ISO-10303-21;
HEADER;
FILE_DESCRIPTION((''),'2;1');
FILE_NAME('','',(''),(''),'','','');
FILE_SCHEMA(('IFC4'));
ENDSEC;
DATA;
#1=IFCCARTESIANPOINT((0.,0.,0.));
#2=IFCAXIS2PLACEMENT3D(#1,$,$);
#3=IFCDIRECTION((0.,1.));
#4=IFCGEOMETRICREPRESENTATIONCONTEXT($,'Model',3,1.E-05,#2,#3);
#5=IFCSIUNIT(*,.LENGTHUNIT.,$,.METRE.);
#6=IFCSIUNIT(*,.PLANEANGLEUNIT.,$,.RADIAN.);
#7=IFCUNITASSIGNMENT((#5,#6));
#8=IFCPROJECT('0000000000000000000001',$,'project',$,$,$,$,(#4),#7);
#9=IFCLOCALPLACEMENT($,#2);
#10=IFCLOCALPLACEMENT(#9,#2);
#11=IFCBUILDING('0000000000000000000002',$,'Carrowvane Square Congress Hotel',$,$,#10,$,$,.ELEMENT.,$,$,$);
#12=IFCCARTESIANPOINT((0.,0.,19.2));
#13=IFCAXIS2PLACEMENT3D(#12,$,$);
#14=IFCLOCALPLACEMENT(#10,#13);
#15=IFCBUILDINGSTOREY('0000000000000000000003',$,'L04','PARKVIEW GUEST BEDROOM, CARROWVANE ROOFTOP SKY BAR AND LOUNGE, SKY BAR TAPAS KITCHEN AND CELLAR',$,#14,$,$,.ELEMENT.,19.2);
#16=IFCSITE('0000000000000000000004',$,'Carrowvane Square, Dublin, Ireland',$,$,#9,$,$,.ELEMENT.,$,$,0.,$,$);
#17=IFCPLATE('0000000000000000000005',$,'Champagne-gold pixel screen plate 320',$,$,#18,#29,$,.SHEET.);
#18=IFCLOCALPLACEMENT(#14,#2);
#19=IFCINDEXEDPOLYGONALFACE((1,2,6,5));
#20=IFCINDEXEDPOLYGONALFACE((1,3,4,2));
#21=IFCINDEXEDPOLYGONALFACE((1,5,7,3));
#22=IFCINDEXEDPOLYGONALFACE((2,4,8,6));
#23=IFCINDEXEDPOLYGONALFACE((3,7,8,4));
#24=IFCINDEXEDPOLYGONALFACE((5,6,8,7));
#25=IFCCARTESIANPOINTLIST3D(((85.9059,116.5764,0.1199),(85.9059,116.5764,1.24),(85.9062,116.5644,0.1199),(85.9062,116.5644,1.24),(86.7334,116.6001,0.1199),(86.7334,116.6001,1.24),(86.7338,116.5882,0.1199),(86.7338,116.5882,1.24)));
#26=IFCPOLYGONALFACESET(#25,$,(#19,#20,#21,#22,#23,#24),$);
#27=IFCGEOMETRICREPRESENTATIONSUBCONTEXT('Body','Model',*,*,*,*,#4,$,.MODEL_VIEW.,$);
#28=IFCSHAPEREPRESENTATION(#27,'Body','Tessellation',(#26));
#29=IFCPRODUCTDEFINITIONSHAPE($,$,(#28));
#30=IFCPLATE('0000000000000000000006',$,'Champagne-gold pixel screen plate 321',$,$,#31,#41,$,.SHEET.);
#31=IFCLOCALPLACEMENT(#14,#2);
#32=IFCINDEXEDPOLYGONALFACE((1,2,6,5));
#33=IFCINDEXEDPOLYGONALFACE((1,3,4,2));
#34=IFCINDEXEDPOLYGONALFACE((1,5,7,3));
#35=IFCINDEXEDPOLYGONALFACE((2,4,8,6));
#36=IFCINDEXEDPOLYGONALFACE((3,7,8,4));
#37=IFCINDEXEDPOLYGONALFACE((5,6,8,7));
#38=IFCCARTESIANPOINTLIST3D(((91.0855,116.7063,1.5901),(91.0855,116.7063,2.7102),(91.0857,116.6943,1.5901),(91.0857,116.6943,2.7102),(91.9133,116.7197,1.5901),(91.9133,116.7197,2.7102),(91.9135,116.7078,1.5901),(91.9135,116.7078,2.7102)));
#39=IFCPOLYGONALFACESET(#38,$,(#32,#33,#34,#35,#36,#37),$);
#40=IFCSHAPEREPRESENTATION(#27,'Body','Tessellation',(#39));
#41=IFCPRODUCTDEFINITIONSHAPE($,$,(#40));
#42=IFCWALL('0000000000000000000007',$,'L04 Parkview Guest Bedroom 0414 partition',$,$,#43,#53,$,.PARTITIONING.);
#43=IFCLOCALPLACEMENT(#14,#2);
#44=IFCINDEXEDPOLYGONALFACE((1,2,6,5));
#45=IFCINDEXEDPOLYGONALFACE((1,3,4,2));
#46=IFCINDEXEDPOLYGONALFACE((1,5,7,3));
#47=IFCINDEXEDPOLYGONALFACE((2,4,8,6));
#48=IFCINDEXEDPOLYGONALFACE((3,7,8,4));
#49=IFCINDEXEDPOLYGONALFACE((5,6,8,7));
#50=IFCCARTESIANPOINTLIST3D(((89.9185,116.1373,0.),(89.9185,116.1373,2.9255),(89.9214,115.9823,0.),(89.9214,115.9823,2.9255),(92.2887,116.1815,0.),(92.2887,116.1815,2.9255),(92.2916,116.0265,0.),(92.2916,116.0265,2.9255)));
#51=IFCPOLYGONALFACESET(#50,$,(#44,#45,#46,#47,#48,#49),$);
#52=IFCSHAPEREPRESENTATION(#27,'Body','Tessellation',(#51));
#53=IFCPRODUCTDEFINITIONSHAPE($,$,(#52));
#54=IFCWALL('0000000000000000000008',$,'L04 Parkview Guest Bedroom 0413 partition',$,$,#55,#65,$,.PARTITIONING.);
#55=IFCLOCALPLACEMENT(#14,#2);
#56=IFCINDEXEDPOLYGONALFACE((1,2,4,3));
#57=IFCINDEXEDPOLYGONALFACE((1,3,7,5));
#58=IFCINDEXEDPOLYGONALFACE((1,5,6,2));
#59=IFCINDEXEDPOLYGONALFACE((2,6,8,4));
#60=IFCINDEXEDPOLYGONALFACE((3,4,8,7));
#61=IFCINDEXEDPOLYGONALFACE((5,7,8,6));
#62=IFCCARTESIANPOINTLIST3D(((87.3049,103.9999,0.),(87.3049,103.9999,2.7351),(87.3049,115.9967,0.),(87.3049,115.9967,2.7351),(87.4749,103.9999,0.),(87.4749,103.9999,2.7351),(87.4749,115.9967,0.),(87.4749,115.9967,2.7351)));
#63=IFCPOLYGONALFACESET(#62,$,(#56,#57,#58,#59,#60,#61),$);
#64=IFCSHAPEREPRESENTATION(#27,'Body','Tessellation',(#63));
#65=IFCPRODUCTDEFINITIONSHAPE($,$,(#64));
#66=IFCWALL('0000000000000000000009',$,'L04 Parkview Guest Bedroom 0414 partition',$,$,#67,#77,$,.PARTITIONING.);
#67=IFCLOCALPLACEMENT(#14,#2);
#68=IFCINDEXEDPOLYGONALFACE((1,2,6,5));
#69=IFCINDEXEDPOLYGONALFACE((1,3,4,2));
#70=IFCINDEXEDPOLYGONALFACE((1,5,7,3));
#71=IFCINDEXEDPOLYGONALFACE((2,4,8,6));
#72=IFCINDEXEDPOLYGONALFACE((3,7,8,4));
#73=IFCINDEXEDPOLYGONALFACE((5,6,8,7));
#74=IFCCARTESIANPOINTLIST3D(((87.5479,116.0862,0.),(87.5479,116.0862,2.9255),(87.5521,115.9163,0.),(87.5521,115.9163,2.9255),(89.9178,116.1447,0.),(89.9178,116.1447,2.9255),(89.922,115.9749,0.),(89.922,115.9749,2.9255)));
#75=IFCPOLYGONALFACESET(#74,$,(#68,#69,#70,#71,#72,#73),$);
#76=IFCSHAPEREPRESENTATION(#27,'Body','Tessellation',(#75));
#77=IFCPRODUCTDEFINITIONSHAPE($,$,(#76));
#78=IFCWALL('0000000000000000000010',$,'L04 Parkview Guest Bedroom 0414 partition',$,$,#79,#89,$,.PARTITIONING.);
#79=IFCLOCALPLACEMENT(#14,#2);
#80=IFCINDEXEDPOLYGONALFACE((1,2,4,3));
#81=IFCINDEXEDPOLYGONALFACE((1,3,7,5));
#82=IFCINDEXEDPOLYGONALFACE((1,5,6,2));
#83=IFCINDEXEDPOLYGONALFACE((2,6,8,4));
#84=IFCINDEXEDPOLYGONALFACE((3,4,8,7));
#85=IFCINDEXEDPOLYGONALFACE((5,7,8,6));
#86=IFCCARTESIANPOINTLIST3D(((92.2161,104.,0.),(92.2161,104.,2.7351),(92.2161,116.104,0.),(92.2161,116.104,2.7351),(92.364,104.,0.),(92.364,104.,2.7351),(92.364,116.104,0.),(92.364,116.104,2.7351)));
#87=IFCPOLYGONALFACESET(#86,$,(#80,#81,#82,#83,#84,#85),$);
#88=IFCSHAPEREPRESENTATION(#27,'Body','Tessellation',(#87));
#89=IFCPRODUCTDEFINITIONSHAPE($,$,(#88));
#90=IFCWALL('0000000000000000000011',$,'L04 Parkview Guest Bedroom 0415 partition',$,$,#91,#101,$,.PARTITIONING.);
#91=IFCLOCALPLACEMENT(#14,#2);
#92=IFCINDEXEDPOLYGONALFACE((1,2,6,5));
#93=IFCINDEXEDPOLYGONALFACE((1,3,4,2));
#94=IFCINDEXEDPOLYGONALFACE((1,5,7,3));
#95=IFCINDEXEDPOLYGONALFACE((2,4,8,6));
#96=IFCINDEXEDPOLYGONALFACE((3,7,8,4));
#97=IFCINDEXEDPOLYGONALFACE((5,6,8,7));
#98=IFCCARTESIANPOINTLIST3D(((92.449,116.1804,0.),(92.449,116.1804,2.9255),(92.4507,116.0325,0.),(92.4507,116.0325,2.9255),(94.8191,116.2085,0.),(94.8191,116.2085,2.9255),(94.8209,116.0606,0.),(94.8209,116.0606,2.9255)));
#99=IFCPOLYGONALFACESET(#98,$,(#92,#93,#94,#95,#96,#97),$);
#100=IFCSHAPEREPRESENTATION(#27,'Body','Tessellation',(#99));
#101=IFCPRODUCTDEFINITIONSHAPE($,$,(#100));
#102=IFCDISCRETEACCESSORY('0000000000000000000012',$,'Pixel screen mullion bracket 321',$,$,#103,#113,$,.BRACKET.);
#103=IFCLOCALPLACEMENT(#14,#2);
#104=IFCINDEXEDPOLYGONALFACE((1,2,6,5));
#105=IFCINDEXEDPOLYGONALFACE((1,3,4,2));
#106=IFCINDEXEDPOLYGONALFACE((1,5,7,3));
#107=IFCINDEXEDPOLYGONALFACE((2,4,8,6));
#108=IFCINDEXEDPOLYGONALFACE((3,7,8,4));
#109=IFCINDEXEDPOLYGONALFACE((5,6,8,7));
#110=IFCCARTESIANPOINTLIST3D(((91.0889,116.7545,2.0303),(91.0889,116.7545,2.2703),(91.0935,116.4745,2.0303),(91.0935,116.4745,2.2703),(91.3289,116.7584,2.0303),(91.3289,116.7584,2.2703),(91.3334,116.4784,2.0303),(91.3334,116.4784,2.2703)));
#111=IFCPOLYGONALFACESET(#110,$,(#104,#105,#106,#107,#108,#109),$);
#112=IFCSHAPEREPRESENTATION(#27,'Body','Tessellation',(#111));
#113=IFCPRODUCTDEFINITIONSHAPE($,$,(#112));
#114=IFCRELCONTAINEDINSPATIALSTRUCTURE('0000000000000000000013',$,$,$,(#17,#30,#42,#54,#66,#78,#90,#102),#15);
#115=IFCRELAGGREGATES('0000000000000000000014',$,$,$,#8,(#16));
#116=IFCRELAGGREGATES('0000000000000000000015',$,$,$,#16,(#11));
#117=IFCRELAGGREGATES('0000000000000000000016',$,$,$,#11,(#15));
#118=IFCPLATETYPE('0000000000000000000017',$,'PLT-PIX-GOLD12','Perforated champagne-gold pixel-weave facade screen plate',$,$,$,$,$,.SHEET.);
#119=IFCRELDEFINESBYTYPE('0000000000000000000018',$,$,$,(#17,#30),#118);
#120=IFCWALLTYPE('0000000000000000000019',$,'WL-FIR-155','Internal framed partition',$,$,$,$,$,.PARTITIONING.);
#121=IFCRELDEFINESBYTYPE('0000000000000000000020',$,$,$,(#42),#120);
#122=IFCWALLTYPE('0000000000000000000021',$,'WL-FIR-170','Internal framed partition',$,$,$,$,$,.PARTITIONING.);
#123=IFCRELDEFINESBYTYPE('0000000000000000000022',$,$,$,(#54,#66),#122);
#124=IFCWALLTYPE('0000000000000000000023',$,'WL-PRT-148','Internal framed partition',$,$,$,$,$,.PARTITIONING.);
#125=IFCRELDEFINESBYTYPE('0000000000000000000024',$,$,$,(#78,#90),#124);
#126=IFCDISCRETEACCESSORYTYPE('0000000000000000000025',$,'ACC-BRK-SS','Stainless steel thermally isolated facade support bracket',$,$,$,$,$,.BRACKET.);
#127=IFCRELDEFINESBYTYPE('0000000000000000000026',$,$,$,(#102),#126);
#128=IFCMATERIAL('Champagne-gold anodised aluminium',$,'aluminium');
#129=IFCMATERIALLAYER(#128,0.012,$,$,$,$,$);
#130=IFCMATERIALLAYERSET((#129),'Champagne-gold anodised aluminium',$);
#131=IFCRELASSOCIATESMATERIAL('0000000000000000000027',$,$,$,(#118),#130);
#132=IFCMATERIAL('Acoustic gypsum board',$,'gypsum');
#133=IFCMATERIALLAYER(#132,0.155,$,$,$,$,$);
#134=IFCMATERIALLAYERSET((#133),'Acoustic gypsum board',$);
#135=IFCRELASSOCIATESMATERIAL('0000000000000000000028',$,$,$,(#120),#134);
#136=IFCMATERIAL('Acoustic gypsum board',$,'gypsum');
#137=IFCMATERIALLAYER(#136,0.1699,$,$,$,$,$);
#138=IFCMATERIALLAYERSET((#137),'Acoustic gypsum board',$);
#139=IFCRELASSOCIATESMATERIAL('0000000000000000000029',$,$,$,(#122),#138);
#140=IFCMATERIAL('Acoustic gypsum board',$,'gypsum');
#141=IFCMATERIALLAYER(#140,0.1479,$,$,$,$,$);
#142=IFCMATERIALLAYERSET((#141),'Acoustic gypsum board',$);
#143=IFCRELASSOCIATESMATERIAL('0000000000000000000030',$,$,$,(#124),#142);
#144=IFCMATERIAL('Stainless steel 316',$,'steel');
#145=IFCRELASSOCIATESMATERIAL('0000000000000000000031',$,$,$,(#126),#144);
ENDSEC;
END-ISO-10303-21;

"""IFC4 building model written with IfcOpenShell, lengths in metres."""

from ifc_helpers import new_model, si_unit, direction, frame, frame_2d, origin, origin_2d, place, context, subcontext, project, spatial, rectangle, extrude, material, layer, layer_set, type_object, element, save


model = new_model("IFC4")

# Units and contexts
model_context = context("Model", 3, precision=1e-05, world=origin(), true_north=direction((0.0, 1.0)))
body_context = subcontext(model_context, "Body", "Model", "MODEL_VIEW")
ifc_project = project(units=[si_unit("LENGTHUNIT", "METRE"), si_unit("PLANEANGLEUNIT", "RADIAN")], contexts=[model_context])

# Site, building, storey
site_placement = place(None, origin())
site = spatial("IfcSite", under=ifc_project, at=site_placement, Name="Carrowvane Square, Dublin, Ireland", CompositionType="ELEMENT", RefElevation=0.0)
building_placement = place(site_placement, origin())
building = spatial("IfcBuilding", under=site, at=building_placement, Name="Carrowvane Square Congress Hotel", CompositionType="ELEMENT")
storey_placement = place(building_placement, frame((0.0, 0.0, 19.2)))
storey = spatial("IfcBuildingStorey", under=building, at=storey_placement, Name="L04", Description="PARKVIEW GUEST BEDROOM, CARROWVANE ROOFTOP SKY BAR AND LOUNGE, SKY BAR TAPAS KITCHEN AND CELLAR", CompositionType="ELEMENT", Elevation=19.2)

# Plates
ifc_material_1 = material(Name="Champagne-gold anodised aluminium", Category="aluminium")
ifc_layer_1 = layer(ifc_material_1, 0.012)
ifc_layer_set_1 = layer_set([ifc_layer_1], Name="Champagne-gold anodised aluminium")
plate_type_1 = type_object("IfcPlateType", Name="PLT-PIX-GOLD12", Description="Perforated champagne-gold pixel-weave facade screen plate", PredefinedType="SHEET", material=ifc_layer_set_1)
for number, where, z_axis, x_axis, name in (
    (1, (86.3198, 116.5823, 0.1199), (0.0, 0.0, 1.0), (0.99959, 0.028639, 0.0), "Champagne-gold pixel screen plate 320"),
    (2, (91.4995, 116.707, 1.5901), (0.0, 0.0, 1.0), (0.999869, 0.016216, 0.0), "Champagne-gold pixel screen plate 321"),
):
    element("IfcPlate", number, at=place(storey_placement, frame(where, z_axis=z_axis, x_axis=x_axis)), inside=storey, type_object=plate_type_1, Name=name, PredefinedType="SHEET", context=body_context, shape_type="SweptSolid", body=[
        extrude(rectangle(XDim=0.8279, YDim=0.012, at=origin_2d()), origin(), (0.0, 0.0, 1.0), 1.1201),
    ])

# Walls
ifc_material_2 = material(Name="Acoustic gypsum board", Category="gypsum")
ifc_layer_2 = layer(ifc_material_2, 0.155)
ifc_layer_set_2 = layer_set([ifc_layer_2], Name="Acoustic gypsum board")
wall_type_1 = type_object("IfcWallType", Name="WL-FIR-155", Description="Internal framed partition", PredefinedType="PARTITIONING", material=ifc_layer_set_2)
wall_1_placement = place(storey_placement, frame((89.9199, 116.0598, 0.0), z_axis=(0.0, 0.0, 1.0), x_axis=(0.999826, 0.018641, 0.0)))
element("IfcWall", 3, at=wall_1_placement, inside=storey, type_object=wall_type_1, Name="L04 Parkview Guest Bedroom 0414 partition", PredefinedType="PARTITIONING", context=body_context, shape_type="SweptSolid", body=[
    extrude(rectangle(XDim=2.3706, YDim=0.155, at=frame_2d((1.1853, 0.0))), origin(), (0.0, 0.0, 1.0), 2.9255),
])
ifc_material_3 = material(Name="Acoustic gypsum board", Category="gypsum")
ifc_layer_3 = layer(ifc_material_3, 0.1699)
ifc_layer_set_3 = layer_set([ifc_layer_3], Name="Acoustic gypsum board")
wall_type_2 = type_object("IfcWallType", Name="WL-FIR-170", Description="Internal framed partition", PredefinedType="PARTITIONING", material=ifc_layer_set_3)
wall_2_placement = place(storey_placement, frame((87.3899, 115.9968, 0.0), z_axis=(0.0, 0.0, 1.0), x_axis=(0.0, -1.0, 0.0)))
element("IfcWall", 4, at=wall_2_placement, inside=storey, type_object=wall_type_2, Name="L04 Parkview Guest Bedroom 0413 partition", PredefinedType="PARTITIONING", context=body_context, shape_type="SweptSolid", body=[
    extrude(rectangle(XDim=11.9968, YDim=0.1699, at=frame_2d((5.9985, 0.0))), origin(), (0.0, 0.0, 1.0), 2.7351),
])
wall_3_placement = place(storey_placement, frame((87.55, 116.0012, 0.0), z_axis=(0.0, 0.0, 1.0), x_axis=(0.999694, 0.024717, 0.0)))
element("IfcWall", 5, at=wall_3_placement, inside=storey, type_object=wall_type_2, Name="L04 Parkview Guest Bedroom 0414 partition", PredefinedType="PARTITIONING", context=body_context, shape_type="SweptSolid", body=[
    extrude(rectangle(XDim=2.3706, YDim=0.1699, at=frame_2d((1.1853, 0.0))), origin(), (0.0, 0.0, 1.0), 2.9255),
])
ifc_material_4 = material(Name="Acoustic gypsum board", Category="gypsum")
ifc_layer_4 = layer(ifc_material_4, 0.1479)
ifc_layer_set_4 = layer_set([ifc_layer_4], Name="Acoustic gypsum board")
wall_type_3 = type_object("IfcWallType", Name="WL-PRT-148", Description="Internal framed partition", PredefinedType="PARTITIONING", material=ifc_layer_set_4)
wall_4_placement = place(storey_placement, frame((92.29, 116.104, 0.0), z_axis=(0.0, 0.0, 1.0), x_axis=(0.0, -1.0, 0.0)))
element("IfcWall", 6, at=wall_4_placement, inside=storey, type_object=wall_type_3, Name="L04 Parkview Guest Bedroom 0414 partition", PredefinedType="PARTITIONING", context=body_context, shape_type="SweptSolid", body=[
    extrude(rectangle(XDim=12.104, YDim=0.1479, at=frame_2d((6.052, 0.0))), origin(), (0.0, 0.0, 1.0), 2.7351),
])
wall_5_placement = place(storey_placement, frame((92.45, 116.1064, 0.0), z_axis=(0.0, 0.0, 1.0), x_axis=(0.99993, 0.011845, 0.0)))
element("IfcWall", 7, at=wall_5_placement, inside=storey, type_object=wall_type_3, Name="L04 Parkview Guest Bedroom 0415 partition", PredefinedType="PARTITIONING", context=body_context, shape_type="SweptSolid", body=[
    extrude(rectangle(XDim=2.3704, YDim=0.1479, at=frame_2d((1.1851, 0.0))), origin(), (0.0, 0.0, 1.0), 2.9255),
])

# Discrete accessory
ifc_material_5 = material(Name="Stainless steel 316", Category="steel")
discrete_accessory_type = type_object("IfcDiscreteAccessoryType", Name="ACC-BRK-SS", Description="Stainless steel thermally isolated facade support bracket", PredefinedType="BRACKET", material=ifc_material_5)
discrete_accessory_placement = place(storey_placement, frame((91.2112, 116.6165, 2.0303), z_axis=(0.0, 0.0, 1.0), x_axis=(0.999869, 0.016216, 0.0)))
element("IfcDiscreteAccessory", 8, at=discrete_accessory_placement, inside=storey, type_object=discrete_accessory_type, Name="Pixel screen mullion bracket 321", PredefinedType="BRACKET", context=body_context, shape_type="SweptSolid", body=[
    extrude(rectangle(XDim=0.24, YDim=0.28, at=origin_2d()), origin(), (0.0, 0.0, 1.0), 0.24),
])

save(model, "model.ifc")
